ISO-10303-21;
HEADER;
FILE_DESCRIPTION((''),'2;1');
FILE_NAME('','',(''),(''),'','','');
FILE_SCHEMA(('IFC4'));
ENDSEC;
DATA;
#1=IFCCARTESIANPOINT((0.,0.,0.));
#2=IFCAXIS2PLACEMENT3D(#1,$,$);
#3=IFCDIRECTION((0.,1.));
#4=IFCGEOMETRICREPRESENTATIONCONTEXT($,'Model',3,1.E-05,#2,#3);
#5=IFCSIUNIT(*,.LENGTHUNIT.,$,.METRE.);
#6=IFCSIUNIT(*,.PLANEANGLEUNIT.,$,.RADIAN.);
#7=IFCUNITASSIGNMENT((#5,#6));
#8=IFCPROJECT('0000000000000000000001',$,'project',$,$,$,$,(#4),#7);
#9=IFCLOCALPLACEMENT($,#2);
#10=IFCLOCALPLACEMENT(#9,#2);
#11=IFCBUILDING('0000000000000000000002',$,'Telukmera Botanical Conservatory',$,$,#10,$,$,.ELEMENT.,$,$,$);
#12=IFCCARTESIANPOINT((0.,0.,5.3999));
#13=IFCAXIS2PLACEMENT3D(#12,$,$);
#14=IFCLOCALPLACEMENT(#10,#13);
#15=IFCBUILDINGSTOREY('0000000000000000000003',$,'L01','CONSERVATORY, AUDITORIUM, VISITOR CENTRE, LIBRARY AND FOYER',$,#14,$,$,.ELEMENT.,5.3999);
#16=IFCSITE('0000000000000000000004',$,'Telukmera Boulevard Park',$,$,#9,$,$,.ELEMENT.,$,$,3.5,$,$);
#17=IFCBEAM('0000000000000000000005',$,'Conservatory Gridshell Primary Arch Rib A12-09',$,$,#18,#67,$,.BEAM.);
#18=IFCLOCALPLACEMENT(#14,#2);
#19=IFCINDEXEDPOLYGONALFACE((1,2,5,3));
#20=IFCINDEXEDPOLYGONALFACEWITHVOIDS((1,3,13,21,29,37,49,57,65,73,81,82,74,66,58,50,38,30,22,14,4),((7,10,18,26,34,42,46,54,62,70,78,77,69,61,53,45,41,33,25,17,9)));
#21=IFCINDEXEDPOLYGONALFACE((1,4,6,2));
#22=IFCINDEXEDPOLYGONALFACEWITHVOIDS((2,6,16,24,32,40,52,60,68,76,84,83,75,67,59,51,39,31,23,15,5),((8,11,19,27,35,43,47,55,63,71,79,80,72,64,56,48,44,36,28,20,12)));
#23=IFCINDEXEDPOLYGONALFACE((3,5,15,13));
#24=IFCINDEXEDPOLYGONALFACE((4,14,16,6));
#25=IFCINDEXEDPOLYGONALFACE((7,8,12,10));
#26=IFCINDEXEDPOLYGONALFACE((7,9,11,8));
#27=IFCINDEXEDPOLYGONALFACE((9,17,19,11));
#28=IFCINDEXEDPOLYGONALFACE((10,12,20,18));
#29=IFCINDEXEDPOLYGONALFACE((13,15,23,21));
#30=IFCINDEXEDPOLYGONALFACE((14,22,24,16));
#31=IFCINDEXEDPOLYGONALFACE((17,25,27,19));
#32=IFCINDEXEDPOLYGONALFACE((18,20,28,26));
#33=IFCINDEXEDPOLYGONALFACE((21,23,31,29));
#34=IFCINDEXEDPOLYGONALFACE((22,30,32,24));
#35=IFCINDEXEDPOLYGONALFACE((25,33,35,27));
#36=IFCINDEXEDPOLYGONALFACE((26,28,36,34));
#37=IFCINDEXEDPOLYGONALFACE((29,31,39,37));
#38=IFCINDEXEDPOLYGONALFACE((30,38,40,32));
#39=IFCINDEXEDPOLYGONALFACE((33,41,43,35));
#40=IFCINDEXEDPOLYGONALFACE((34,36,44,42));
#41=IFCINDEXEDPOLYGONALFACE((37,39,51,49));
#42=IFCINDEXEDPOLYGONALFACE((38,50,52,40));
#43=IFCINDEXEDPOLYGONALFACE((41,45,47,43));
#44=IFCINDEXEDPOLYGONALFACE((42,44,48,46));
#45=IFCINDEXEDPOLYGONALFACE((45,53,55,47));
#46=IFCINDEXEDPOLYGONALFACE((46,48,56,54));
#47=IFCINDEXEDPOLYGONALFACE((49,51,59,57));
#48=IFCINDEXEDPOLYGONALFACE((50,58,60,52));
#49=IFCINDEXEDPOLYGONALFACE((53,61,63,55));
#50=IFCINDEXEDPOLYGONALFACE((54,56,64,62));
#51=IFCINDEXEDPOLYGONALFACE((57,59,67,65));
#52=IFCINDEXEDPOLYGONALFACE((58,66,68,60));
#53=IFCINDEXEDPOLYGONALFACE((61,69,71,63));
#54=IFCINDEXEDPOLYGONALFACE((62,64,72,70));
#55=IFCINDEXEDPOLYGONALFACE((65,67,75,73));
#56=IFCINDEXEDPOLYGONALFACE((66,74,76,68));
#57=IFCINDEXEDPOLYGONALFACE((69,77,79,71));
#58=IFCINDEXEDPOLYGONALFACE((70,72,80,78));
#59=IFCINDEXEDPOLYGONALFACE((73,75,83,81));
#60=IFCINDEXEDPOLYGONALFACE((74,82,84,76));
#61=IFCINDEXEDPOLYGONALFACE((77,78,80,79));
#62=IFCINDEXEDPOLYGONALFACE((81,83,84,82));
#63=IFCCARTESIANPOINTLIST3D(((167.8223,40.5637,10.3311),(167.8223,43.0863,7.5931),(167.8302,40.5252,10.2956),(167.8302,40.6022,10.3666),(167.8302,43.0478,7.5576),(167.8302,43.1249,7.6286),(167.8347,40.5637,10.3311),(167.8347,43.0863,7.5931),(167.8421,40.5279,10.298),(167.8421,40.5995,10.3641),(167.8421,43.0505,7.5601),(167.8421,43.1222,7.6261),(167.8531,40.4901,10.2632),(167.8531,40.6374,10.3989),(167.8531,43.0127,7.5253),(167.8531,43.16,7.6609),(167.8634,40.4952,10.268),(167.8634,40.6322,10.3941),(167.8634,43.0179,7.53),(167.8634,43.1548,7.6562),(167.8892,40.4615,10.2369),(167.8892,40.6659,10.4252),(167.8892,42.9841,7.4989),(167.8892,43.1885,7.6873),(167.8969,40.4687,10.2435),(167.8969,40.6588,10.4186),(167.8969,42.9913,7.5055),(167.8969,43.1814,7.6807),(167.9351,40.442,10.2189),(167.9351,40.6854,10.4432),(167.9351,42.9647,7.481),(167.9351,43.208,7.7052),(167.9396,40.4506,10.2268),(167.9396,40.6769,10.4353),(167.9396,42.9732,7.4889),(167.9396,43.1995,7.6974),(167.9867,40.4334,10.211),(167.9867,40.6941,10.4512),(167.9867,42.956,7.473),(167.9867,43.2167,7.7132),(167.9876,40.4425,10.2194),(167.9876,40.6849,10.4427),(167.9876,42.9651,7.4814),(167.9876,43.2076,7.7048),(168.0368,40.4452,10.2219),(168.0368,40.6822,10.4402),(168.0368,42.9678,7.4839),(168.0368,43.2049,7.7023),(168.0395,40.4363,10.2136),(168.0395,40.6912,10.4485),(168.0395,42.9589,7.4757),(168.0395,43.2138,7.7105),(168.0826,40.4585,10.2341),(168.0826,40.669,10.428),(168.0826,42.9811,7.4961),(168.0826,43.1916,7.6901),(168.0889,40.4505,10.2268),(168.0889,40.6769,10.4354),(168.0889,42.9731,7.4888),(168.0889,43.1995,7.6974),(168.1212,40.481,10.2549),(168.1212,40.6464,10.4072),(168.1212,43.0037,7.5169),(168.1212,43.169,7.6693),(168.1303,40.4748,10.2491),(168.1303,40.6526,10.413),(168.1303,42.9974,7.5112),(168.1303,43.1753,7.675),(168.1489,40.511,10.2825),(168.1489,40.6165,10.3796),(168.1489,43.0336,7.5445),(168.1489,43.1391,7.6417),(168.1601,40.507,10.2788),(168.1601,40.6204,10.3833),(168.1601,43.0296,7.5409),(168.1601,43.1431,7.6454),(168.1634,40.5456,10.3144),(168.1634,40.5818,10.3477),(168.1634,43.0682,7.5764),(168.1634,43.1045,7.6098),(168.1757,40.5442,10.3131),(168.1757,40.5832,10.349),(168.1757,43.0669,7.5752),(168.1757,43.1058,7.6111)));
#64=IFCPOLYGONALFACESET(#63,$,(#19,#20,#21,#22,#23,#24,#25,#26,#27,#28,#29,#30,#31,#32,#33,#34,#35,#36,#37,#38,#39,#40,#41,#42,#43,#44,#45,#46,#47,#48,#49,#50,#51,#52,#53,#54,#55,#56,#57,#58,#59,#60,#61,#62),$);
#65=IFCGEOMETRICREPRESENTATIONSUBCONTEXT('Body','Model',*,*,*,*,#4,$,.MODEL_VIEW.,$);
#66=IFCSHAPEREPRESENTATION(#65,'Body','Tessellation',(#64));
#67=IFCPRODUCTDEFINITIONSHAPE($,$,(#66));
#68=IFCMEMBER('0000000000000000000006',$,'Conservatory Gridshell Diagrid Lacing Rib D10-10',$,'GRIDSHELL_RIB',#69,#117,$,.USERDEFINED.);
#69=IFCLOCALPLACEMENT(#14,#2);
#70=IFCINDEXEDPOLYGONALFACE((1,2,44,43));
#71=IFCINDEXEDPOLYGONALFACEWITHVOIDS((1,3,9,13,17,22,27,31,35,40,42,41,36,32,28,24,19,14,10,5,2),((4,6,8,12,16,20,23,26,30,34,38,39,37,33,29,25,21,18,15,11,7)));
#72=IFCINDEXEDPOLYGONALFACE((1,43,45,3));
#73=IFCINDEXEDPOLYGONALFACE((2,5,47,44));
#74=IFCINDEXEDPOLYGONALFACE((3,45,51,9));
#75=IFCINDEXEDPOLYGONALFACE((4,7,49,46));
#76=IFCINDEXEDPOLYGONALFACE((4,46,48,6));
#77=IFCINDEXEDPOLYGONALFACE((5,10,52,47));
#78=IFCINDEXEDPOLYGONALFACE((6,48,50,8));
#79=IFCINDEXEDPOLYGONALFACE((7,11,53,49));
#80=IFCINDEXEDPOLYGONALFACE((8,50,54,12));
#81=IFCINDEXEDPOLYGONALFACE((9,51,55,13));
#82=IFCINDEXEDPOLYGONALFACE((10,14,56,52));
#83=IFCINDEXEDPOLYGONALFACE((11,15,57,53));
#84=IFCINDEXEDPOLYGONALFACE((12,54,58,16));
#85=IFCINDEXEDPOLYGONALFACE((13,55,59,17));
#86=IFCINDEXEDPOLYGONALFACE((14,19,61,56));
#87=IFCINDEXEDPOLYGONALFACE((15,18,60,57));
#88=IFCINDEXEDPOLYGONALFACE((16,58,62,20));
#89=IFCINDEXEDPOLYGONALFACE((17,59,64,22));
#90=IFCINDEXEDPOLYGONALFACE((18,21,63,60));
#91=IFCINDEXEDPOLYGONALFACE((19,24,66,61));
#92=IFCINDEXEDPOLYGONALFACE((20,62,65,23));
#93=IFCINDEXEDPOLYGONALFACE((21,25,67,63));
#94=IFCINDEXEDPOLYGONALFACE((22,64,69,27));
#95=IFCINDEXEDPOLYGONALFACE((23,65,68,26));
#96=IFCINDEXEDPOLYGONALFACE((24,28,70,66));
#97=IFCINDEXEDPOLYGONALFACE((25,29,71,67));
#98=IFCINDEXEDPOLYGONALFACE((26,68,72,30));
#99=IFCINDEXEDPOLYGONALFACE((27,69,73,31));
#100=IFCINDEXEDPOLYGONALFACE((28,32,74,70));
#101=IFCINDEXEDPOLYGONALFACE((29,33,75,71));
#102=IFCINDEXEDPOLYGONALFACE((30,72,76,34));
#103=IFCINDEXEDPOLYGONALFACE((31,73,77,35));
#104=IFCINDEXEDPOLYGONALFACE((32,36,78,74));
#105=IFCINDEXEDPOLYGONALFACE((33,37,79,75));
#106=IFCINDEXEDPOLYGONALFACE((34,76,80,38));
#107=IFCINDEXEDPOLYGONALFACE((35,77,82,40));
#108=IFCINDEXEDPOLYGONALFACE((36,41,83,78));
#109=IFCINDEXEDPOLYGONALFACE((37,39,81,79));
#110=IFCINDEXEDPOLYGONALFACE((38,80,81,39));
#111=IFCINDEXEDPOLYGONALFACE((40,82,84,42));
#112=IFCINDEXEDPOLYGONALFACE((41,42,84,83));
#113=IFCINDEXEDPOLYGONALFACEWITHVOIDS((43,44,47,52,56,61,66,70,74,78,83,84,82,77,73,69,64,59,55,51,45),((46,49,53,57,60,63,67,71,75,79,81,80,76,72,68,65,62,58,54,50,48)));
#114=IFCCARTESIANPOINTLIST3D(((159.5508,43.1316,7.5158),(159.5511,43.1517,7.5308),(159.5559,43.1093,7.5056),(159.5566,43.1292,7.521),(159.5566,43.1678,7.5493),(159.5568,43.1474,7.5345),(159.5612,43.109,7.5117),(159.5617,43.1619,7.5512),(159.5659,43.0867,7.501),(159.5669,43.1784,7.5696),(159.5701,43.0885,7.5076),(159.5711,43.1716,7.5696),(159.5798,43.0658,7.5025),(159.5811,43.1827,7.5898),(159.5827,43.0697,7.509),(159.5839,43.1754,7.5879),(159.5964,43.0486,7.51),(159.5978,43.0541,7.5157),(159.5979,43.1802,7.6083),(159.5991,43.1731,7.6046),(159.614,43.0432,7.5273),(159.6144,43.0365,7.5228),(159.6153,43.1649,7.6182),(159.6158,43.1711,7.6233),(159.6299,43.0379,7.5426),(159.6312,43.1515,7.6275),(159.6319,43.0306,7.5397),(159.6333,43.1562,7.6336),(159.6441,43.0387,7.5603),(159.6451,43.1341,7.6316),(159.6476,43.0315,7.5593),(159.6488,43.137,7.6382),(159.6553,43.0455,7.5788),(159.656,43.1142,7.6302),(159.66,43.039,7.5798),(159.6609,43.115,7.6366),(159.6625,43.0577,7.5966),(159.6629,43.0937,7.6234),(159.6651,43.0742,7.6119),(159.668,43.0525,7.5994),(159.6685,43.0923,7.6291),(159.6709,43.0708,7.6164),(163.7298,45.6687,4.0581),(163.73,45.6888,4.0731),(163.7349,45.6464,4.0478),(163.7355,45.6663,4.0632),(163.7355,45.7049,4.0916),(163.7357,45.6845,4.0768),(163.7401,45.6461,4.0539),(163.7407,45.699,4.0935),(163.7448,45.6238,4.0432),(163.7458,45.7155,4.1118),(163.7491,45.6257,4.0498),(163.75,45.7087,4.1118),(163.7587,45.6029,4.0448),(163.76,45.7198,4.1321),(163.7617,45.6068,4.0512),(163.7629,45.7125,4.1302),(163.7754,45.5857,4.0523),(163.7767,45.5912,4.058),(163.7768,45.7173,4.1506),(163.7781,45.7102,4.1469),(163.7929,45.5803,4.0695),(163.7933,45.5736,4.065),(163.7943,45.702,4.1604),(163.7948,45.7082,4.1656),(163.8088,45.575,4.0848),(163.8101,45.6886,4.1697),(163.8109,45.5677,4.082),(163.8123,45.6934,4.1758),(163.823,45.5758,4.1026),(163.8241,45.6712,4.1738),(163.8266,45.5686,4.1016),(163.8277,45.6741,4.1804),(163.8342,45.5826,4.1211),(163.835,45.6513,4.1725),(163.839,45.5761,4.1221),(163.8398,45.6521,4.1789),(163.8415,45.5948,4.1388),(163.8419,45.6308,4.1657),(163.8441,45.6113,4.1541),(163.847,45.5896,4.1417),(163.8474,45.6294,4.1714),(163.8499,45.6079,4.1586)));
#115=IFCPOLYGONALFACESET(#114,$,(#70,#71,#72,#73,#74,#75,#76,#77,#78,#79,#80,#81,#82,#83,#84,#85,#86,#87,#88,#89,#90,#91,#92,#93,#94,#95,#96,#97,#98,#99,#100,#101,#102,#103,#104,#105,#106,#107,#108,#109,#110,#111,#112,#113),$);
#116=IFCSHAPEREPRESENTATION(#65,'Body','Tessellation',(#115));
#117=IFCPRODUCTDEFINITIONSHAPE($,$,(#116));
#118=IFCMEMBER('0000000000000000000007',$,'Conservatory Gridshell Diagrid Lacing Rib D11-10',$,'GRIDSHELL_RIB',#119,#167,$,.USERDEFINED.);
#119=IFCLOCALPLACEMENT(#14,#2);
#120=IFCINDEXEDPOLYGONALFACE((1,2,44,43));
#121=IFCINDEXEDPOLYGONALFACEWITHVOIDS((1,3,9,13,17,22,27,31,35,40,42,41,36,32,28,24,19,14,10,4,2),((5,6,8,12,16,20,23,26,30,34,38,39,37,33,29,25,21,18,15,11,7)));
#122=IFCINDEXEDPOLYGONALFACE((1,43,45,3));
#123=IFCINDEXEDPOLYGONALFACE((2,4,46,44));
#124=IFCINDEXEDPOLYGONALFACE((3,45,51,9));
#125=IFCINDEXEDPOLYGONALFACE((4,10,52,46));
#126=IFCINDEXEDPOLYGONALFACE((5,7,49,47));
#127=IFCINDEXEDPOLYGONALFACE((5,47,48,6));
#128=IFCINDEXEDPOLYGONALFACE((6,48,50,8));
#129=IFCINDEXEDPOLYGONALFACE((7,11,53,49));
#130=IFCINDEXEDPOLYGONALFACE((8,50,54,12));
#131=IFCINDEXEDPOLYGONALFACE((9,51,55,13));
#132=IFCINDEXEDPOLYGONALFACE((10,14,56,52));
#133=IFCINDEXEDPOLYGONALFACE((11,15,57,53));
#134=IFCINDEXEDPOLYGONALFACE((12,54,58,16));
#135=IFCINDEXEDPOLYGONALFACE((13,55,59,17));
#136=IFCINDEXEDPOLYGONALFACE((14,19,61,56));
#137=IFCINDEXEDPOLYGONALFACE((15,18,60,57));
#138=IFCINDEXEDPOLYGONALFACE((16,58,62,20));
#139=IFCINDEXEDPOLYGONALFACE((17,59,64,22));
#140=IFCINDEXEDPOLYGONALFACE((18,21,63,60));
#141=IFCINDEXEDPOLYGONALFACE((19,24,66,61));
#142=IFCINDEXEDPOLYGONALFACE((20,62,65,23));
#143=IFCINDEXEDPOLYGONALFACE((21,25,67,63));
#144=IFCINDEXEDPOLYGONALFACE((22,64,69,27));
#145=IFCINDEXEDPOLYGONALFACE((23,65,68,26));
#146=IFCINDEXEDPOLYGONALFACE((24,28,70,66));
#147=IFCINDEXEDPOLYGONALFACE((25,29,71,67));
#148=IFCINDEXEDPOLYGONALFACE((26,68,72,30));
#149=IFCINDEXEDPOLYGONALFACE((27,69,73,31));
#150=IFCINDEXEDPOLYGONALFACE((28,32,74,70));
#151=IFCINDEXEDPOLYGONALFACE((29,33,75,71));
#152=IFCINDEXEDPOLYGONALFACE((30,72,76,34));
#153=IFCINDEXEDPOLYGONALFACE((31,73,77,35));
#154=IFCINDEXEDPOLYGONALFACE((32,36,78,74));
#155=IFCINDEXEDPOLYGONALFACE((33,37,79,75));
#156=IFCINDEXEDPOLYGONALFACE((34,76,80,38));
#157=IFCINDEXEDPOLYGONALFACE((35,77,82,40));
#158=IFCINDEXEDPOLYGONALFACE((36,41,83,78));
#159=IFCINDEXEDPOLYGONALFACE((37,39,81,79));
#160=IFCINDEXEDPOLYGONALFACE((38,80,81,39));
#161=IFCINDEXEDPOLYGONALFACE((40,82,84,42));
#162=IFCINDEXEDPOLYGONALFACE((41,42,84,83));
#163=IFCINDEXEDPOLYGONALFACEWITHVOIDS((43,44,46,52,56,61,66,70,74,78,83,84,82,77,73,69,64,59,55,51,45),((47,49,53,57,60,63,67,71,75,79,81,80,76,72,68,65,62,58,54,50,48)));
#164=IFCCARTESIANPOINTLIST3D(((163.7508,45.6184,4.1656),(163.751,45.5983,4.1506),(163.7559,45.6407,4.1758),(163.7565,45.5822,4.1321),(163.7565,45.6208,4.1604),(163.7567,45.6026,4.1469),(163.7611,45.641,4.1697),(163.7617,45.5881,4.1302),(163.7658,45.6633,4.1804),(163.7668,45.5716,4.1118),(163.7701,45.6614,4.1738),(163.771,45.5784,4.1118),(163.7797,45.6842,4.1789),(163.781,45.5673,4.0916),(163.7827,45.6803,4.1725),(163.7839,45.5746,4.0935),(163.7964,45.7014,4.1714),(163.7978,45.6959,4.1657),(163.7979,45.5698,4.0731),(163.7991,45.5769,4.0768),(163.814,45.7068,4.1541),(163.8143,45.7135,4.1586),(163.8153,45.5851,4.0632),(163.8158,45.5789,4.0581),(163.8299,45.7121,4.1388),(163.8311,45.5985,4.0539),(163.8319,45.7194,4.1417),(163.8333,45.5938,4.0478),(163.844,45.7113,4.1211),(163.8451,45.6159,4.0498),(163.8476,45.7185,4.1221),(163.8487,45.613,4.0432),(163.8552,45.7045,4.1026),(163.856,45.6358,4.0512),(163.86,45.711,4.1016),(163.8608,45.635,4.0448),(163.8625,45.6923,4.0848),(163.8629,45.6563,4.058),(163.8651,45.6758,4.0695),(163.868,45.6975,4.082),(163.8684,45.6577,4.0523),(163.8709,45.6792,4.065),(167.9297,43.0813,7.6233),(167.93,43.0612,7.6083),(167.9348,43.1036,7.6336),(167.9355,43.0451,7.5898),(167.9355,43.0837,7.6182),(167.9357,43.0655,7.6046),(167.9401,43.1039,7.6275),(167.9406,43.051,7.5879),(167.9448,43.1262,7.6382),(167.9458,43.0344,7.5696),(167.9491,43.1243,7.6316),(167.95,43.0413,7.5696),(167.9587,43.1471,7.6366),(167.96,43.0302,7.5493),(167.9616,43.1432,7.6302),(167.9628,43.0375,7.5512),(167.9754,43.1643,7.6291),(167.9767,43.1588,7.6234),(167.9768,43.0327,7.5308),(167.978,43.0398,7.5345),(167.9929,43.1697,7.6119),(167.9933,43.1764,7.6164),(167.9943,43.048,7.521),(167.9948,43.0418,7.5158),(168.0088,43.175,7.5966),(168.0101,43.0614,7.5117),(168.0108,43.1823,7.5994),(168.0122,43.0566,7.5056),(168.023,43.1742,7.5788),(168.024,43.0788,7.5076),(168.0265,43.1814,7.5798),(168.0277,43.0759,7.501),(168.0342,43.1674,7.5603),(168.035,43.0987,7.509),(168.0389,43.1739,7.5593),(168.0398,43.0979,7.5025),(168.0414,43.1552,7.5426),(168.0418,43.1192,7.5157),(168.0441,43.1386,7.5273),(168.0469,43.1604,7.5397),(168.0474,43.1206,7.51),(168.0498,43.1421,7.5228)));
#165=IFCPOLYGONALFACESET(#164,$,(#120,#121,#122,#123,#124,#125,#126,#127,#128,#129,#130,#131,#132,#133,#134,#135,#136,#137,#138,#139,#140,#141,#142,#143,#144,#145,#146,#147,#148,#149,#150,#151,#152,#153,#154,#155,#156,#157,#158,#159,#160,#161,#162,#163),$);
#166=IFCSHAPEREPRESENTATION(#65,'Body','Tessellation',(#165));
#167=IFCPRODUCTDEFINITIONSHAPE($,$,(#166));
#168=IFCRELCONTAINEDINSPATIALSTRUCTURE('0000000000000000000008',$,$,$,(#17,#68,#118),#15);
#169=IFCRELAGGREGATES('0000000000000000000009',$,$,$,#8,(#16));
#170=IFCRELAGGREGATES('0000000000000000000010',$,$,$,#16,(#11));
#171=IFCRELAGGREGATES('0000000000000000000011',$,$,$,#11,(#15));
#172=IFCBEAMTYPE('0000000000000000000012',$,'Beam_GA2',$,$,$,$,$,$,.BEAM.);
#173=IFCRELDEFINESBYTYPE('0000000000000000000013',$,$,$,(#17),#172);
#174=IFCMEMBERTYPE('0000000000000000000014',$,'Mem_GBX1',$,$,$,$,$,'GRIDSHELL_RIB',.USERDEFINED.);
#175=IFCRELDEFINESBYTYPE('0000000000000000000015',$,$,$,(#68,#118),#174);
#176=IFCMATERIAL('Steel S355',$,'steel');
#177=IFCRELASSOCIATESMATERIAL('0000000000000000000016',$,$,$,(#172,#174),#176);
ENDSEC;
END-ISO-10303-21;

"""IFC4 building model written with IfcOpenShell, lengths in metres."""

from ifc_helpers import new_model, si_unit, direction, frame, origin, origin_2d, place, context, subcontext, project, spatial, hollow_circle, extrude, material, material_profile, profile_set, type_object, element, save


model = new_model("IFC4")

# Units and contexts
model_context = context("Model", 3, precision=1e-05, world=origin(), true_north=direction((0.0, 1.0)))
body_context = subcontext(model_context, "Body", "Model", "MODEL_VIEW")
ifc_project = project(units=[si_unit("LENGTHUNIT", "METRE"), si_unit("PLANEANGLEUNIT", "RADIAN")], contexts=[model_context])

# Site, building, storey
site_placement = place(None, origin())
site = spatial("IfcSite", under=ifc_project, at=site_placement, Name="Telukmera Boulevard Park", CompositionType="ELEMENT", RefElevation=3.5)
building_placement = place(site_placement, origin())
building = spatial("IfcBuilding", under=site, at=building_placement, Name="Telukmera Botanical Conservatory", CompositionType="ELEMENT")
storey_placement = place(building_placement, frame((0.0, 0.0, 5.3999)))
storey = spatial("IfcBuildingStorey", under=building, at=storey_placement, Name="L01", Description="CONSERVATORY, AUDITORIUM, VISITOR CENTRE, LIBRARY AND FOYER", CompositionType="ELEMENT", Elevation=5.3999)

# Beam
ifc_material_1 = material(Name="Steel S355", Category="steel")
ifc_material_profile_1 = material_profile(ifc_material_1, hollow_circle(Radius=0.1777, WallThickness=0.0125, at=origin_2d()), Name="CHS 355.6x12.5")
ifc_profile_set_1 = profile_set([ifc_material_profile_1], Name="Steel S355")
beam_type_1 = type_object("IfcBeamType", Name="Beam_GA2", PredefinedType="BEAM", material=ifc_profile_set_1)
for number, where, z_axis, x_axis, name in (
    (1, (168.0, 40.5637, 10.3311), (0.0, 0.677596, -0.735434), (-1.0, 0.0, 0.0), "Conservatory Gridshell Primary Arch Rib A12-09"),
):
    element("IfcBeam", number, at=place(storey_placement, frame(where, z_axis=z_axis, x_axis=x_axis)), inside=storey, type_object=beam_type_1, Name=name, PredefinedType="BEAM", context=body_context, shape_type="SweptSolid", body=[
        extrude(hollow_circle(Radius=0.1777, WallThickness=0.0125, at=origin_2d()), origin(), (0.0, 0.0, 1.0), 3.7229),
    ])

# Members
ifc_material_profile_2 = material_profile(ifc_material_1, hollow_circle(Radius=0.0842, WallThickness=0.0081, at=origin_2d()), Name="CHS 168.3x8.0")
ifc_profile_set_2 = profile_set([ifc_material_profile_2], Name="Steel S355")
member_type_1 = type_object("IfcMemberType", Name="Mem_GBX1", ElementType="GRIDSHELL_RIB", PredefinedType="USERDEFINED", material=ifc_profile_set_2)
for number, where, z_axis, x_axis, name in (
    (2, (159.6106, 43.1064, 7.5696), (0.697883, 0.423696, -0.577444), (-0.518961, 0.854798, 0.0), "Conservatory Gridshell Diagrid Lacing Rib D10-10"),
    (3, (167.9895, 43.1064, 7.5696), (-0.697883, 0.423696, -0.577444), (-0.518961, -0.854798, 0.0), "Conservatory Gridshell Diagrid Lacing Rib D11-10"),
):
    element("IfcMember", number, at=place(storey_placement, frame(where, z_axis=z_axis, x_axis=x_axis)), inside=storey, type_object=member_type_1, Name=name, ObjectType="GRIDSHELL_RIB", PredefinedType="USERDEFINED", context=body_context, shape_type="SweptSolid", body=[
        extrude(hollow_circle(Radius=0.0842, WallThickness=0.0081, at=origin_2d()), origin(), (0.0, 0.0, 1.0), 5.988),
    ])

save(model, "model.ifc")
